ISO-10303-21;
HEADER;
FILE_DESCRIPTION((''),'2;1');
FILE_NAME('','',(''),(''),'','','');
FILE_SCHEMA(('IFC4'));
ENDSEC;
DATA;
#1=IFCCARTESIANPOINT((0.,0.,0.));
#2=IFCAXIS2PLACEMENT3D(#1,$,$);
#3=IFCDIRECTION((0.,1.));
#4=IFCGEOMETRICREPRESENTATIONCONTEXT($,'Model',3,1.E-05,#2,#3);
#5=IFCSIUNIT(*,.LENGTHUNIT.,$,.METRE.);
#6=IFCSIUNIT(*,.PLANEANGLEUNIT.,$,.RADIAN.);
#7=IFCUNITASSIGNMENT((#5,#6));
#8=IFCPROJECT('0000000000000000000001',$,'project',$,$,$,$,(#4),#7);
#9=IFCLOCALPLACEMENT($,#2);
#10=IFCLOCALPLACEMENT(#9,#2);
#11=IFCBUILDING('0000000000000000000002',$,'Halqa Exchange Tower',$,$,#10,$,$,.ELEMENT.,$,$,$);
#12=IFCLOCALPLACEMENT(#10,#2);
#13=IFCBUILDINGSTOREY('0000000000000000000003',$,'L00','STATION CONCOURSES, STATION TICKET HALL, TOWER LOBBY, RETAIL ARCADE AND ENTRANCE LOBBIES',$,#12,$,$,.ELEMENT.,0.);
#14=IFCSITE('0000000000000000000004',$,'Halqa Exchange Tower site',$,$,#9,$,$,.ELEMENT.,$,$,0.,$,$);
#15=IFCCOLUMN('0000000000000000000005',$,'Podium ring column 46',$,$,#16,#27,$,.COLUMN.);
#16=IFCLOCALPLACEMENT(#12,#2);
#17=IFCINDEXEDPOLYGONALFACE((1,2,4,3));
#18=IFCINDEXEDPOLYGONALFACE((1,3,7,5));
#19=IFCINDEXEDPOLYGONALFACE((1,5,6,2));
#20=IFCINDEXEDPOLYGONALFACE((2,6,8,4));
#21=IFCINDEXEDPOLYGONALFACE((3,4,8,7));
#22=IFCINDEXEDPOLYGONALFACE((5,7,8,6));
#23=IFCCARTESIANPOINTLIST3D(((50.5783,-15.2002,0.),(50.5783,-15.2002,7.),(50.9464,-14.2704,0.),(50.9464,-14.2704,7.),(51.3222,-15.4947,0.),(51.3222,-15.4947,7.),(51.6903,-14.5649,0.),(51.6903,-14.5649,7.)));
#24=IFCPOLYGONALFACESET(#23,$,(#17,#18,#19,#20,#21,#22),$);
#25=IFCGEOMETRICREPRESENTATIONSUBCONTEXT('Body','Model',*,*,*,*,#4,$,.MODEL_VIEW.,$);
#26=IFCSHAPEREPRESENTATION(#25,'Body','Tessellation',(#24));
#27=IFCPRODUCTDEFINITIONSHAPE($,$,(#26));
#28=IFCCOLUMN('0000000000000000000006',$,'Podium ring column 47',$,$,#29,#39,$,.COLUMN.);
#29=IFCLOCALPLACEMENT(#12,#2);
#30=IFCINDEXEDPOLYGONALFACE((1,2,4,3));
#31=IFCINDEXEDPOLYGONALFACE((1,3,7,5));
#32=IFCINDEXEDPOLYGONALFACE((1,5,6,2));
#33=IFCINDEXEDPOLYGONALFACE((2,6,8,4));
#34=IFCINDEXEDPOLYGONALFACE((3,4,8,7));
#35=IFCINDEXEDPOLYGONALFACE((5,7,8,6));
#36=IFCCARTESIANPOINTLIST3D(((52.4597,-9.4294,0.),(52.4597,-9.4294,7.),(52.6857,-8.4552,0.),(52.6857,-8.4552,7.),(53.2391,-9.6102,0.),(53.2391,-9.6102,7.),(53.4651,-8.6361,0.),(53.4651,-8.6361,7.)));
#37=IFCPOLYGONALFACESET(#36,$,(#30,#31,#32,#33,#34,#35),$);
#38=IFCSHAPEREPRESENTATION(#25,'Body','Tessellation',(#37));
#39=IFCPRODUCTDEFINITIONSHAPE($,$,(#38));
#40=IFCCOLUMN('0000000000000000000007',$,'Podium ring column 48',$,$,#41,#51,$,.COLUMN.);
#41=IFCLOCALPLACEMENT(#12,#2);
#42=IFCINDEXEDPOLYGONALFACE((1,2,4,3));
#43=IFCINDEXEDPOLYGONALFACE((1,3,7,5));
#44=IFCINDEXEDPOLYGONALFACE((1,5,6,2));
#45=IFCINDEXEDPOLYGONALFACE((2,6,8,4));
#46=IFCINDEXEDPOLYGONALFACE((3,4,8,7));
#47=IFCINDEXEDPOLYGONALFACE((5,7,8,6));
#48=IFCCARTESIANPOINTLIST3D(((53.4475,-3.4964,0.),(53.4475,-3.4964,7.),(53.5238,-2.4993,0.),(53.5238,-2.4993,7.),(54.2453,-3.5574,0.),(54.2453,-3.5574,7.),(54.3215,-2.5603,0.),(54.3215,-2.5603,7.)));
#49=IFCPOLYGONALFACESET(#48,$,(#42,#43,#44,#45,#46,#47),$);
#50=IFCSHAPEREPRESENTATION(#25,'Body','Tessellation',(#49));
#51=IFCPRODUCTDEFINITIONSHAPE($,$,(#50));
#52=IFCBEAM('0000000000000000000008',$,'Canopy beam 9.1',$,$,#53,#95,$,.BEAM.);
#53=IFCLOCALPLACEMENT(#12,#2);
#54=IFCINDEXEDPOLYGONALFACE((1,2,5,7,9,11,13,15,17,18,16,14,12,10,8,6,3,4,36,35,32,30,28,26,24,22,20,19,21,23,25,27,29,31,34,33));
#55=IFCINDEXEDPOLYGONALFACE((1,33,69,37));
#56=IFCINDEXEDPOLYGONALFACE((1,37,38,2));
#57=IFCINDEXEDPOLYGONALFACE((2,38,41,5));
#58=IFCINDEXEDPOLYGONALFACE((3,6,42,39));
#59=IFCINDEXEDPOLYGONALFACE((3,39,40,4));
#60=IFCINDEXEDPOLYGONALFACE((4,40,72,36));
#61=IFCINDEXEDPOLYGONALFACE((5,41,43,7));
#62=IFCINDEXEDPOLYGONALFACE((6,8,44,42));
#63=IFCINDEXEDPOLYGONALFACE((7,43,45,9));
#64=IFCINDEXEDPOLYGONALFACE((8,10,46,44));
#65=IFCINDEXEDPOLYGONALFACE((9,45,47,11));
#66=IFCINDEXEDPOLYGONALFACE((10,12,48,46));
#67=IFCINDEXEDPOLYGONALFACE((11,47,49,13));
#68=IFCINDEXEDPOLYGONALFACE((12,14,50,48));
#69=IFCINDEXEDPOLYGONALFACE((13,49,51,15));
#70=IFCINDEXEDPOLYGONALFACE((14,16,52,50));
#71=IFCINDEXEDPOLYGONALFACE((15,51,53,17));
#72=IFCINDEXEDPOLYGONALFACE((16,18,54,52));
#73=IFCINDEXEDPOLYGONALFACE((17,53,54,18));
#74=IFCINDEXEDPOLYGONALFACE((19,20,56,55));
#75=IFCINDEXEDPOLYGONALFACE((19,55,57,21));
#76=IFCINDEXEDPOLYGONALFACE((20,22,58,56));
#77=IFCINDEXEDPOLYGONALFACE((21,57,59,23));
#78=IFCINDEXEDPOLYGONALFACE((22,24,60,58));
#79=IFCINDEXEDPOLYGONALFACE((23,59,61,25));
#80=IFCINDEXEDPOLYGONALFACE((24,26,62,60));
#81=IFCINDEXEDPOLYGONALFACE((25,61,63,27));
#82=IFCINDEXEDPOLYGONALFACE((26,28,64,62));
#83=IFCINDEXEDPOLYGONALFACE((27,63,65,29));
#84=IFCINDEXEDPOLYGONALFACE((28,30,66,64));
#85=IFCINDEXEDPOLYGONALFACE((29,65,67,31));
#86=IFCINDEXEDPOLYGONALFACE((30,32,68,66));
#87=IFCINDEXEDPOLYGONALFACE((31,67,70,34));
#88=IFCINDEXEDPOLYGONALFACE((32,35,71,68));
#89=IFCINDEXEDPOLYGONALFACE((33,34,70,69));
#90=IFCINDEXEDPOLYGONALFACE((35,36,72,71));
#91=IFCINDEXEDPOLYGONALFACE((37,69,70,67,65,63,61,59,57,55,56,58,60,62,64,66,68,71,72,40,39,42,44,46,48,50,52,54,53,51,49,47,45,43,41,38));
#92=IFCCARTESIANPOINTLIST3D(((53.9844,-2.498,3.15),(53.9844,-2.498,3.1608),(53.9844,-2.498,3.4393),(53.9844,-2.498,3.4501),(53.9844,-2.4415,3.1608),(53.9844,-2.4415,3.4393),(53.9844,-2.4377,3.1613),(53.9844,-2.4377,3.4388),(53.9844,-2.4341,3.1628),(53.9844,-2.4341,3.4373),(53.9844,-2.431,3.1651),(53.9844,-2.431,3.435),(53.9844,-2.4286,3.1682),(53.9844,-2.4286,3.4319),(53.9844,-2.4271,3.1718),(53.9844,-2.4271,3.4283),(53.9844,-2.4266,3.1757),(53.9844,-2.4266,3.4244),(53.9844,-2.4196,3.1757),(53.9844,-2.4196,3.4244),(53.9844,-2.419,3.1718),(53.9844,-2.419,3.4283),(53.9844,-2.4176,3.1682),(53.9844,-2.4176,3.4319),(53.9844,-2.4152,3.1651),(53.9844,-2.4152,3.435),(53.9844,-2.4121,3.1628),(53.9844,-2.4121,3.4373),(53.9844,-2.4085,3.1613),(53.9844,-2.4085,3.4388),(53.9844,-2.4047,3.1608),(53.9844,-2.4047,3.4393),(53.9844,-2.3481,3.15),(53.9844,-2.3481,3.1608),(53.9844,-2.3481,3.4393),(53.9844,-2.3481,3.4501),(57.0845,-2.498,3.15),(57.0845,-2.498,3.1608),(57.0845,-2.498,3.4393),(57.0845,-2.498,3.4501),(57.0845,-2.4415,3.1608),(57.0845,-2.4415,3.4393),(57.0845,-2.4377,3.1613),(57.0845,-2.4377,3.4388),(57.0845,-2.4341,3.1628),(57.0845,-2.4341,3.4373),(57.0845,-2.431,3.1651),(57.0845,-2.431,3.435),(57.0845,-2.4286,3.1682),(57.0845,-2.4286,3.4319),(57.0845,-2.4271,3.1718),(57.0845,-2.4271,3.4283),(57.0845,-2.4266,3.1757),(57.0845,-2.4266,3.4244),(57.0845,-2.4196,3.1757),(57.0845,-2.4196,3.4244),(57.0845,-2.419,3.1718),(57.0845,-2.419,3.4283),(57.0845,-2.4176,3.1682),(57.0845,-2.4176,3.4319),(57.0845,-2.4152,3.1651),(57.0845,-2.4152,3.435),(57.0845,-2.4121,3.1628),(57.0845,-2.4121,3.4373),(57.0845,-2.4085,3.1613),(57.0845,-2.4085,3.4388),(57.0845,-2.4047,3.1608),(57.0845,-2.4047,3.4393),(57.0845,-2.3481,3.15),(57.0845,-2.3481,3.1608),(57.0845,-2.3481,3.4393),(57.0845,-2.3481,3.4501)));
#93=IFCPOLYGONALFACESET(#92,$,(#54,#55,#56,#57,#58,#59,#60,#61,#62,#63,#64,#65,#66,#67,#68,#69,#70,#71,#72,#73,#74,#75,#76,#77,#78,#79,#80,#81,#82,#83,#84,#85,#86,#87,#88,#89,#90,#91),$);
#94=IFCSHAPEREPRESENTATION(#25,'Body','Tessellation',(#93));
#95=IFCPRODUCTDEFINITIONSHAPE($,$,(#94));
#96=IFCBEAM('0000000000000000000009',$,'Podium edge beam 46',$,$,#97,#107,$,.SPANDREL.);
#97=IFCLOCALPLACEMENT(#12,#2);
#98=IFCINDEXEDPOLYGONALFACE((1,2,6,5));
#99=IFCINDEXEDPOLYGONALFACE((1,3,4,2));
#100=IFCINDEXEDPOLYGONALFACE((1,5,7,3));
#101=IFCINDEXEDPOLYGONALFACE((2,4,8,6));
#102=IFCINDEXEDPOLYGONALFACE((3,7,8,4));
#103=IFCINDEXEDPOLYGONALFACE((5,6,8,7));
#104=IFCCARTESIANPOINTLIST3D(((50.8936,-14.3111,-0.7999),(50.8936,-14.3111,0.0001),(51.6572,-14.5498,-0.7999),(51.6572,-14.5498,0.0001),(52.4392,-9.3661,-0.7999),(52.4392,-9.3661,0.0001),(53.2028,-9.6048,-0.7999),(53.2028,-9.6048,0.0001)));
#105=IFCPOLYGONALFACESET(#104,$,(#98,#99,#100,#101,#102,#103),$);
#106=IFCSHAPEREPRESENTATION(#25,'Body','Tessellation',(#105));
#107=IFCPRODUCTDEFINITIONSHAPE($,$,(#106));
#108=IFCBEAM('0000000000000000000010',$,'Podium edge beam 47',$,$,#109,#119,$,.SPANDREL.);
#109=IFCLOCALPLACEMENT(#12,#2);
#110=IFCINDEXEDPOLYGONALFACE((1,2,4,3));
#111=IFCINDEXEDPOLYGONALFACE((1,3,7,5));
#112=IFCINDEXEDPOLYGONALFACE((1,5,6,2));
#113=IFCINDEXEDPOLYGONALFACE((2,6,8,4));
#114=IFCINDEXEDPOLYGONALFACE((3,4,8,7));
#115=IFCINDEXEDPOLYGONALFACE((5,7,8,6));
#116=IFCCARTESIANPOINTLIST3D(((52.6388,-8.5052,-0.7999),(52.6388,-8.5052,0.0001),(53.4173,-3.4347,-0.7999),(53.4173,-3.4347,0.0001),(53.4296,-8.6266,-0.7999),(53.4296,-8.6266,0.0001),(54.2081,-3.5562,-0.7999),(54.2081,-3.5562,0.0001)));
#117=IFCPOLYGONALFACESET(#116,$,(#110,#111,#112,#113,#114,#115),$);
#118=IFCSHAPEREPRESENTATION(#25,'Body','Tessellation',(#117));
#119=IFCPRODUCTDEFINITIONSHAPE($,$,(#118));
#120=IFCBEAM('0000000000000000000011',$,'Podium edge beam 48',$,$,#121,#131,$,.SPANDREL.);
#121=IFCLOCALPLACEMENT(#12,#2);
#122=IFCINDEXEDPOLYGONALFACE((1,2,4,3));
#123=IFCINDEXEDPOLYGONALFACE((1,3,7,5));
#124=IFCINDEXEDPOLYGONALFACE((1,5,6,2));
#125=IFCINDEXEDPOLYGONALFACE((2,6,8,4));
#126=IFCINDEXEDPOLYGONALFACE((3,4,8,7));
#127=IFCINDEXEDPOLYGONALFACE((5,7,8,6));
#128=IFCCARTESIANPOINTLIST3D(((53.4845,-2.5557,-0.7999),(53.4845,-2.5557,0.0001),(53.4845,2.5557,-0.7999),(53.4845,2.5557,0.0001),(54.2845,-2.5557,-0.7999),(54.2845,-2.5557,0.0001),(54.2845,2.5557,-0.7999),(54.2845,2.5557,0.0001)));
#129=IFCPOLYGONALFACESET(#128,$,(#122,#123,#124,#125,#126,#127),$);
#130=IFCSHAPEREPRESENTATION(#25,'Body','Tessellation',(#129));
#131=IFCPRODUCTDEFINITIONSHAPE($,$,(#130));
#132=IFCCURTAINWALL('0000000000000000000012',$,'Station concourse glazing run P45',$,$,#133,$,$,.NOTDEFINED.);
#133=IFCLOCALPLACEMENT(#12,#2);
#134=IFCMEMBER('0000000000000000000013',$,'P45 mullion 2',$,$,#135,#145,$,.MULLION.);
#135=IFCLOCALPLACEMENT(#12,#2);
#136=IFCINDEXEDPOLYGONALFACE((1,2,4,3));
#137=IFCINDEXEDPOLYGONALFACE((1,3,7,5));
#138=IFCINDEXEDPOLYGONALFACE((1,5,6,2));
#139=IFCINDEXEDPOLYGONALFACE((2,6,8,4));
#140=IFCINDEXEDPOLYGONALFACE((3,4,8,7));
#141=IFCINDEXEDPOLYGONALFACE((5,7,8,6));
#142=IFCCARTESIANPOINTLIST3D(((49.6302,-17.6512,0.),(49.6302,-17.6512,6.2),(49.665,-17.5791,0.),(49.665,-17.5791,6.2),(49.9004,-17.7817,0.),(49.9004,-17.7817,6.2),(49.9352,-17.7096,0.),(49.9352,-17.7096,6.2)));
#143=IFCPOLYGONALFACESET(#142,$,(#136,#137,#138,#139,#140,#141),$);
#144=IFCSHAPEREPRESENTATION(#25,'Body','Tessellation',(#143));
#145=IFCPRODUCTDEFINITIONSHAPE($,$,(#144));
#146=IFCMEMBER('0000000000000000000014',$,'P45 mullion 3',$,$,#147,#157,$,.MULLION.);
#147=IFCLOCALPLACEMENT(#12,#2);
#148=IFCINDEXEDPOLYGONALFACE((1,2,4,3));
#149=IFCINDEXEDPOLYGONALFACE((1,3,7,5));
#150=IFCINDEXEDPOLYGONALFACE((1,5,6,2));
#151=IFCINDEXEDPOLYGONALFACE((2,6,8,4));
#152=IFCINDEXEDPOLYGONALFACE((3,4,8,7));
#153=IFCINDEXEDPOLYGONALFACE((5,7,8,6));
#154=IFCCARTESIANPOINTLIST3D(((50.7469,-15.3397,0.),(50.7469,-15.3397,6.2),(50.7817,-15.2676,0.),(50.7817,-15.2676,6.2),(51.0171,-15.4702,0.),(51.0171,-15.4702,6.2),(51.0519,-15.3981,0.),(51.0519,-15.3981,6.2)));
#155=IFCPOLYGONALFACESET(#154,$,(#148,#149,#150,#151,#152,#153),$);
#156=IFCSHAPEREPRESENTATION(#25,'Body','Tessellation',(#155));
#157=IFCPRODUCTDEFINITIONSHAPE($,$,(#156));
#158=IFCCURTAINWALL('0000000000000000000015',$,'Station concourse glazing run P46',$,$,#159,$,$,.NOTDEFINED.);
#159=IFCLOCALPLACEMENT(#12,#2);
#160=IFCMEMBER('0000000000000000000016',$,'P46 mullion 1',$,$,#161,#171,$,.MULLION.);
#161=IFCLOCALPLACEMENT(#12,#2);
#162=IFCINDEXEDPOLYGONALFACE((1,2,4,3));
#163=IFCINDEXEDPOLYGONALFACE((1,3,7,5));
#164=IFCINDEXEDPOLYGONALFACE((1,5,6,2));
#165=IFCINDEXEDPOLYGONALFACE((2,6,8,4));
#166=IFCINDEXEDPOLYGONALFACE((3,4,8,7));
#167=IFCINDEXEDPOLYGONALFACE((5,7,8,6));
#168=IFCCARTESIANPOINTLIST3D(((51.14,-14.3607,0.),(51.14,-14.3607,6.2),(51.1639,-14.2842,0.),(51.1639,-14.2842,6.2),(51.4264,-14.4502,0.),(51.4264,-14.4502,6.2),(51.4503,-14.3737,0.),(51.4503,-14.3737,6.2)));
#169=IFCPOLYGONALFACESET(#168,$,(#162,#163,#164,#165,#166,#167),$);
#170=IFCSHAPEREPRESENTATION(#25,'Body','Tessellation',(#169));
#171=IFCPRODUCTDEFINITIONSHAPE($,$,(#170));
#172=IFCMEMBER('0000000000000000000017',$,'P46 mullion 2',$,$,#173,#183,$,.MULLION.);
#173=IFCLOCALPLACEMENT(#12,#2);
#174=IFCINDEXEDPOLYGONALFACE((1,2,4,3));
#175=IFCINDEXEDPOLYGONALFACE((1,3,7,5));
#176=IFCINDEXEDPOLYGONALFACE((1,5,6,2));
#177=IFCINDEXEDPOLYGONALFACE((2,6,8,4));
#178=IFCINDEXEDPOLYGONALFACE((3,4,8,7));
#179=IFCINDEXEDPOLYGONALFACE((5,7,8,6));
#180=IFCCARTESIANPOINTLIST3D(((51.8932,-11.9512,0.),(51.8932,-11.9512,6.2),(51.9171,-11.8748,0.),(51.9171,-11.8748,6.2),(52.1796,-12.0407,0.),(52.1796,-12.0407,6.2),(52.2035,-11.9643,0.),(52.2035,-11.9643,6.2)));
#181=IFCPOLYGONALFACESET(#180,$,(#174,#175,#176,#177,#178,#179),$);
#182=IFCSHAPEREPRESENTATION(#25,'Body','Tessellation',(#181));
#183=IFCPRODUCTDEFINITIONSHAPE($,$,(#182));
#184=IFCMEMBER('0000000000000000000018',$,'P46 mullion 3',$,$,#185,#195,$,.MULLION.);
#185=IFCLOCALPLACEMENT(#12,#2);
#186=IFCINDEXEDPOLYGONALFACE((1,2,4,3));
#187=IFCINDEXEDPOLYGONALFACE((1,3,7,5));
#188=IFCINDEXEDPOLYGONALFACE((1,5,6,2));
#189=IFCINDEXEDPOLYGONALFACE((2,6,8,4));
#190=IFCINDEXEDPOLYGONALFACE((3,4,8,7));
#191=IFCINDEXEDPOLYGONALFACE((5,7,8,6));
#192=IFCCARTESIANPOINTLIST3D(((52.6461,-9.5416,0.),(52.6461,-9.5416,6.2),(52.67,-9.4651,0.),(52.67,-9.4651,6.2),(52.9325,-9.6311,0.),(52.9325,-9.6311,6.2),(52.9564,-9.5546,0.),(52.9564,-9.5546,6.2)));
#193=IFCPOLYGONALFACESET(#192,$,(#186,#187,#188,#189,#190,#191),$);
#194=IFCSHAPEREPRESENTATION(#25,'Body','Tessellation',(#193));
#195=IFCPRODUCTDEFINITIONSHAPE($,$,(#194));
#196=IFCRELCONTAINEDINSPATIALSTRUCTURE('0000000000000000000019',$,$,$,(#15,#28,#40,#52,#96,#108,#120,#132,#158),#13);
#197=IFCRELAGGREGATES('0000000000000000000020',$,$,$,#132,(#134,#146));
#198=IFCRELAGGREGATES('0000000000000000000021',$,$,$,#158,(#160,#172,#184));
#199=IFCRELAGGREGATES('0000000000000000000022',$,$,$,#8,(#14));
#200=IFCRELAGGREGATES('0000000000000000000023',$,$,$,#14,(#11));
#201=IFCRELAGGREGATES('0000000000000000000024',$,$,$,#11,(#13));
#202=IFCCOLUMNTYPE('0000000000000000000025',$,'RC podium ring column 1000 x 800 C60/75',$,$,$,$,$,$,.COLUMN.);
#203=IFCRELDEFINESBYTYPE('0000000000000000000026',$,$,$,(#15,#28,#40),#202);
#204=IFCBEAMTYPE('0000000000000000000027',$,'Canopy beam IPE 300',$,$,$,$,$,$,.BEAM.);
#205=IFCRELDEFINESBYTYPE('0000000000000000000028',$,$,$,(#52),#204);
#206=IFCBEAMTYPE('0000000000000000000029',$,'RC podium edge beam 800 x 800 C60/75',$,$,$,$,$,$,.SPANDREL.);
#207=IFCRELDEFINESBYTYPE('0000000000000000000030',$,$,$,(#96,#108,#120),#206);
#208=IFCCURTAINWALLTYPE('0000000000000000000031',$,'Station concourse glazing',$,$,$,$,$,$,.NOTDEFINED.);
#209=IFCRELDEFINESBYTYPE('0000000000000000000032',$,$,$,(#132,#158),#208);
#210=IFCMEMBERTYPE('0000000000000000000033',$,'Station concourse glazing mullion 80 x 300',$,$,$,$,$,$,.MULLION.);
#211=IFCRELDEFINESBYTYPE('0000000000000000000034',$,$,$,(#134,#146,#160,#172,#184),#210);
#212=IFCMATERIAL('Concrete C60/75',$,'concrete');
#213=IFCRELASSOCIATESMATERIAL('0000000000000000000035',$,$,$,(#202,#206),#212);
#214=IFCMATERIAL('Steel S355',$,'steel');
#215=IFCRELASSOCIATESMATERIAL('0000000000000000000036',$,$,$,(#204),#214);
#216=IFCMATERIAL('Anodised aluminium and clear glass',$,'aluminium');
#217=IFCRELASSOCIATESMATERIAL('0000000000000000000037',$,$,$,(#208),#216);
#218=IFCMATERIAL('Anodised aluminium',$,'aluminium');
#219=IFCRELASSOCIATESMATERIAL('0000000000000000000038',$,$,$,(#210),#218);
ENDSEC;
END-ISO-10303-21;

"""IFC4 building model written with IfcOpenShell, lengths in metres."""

from ifc_helpers import new_model, si_unit, direction, frame, origin, origin_2d, place, context, subcontext, project, spatial, rectangle, i_section, extrude, material, material_profile, profile_set, type_object, element, aggregate, save


model = new_model("IFC4")

# Units and contexts
model_context = context("Model", 3, precision=1e-05, world=origin(), true_north=direction((0.0, 1.0)))
body_context = subcontext(model_context, "Body", "Model", "MODEL_VIEW")
ifc_project = project(units=[si_unit("LENGTHUNIT", "METRE"), si_unit("PLANEANGLEUNIT", "RADIAN")], contexts=[model_context])

# Site, building, storey
site_placement = place(None, origin())
site = spatial("IfcSite", under=ifc_project, at=site_placement, Name="Halqa Exchange Tower site", CompositionType="ELEMENT", RefElevation=0.0)
building_placement = place(site_placement, origin())
building = spatial("IfcBuilding", under=site, at=building_placement, Name="Halqa Exchange Tower", CompositionType="ELEMENT")
storey_placement = place(building_placement, origin())
storey = spatial("IfcBuildingStorey", under=building, at=storey_placement, Name="L00", Description="STATION CONCOURSES, STATION TICKET HALL, TOWER LOBBY, RETAIL ARCADE AND ENTRANCE LOBBIES", CompositionType="ELEMENT", Elevation=0.0)

# Columns
ifc_material_1 = material(Name="Concrete C60/75", Category="concrete")
ifc_material_profile_1 = material_profile(ifc_material_1, rectangle(XDim=1.0, YDim=0.8, at=origin_2d()), Name="1000 x 800")
ifc_profile_set_1 = profile_set([ifc_material_profile_1], Name="Concrete C60/75")
column_type = type_object("IfcColumnType", Name="RC podium ring column 1000 x 800 C60/75", PredefinedType="COLUMN", material=ifc_profile_set_1)
for number, where, z_axis, x_axis, name in (
    (1, (51.1343, -14.8826, 0.0), (0.0, 0.0, 1.0), (0.36811, 0.929782, 0.0), "Podium ring column 46"),
    (2, (52.9624, -9.0327, 0.0), (0.0, 0.0, 1.0), (0.225997, 0.974128, 0.0), "Podium ring column 47"),
    (3, (53.8845, -3.0283, 0.0), (0.0, 0.0, 1.0), (0.076223, 0.997091, 0.0), "Podium ring column 48"),
):
    element("IfcColumn", number, at=place(storey_placement, frame(where, z_axis=z_axis, x_axis=x_axis)), inside=storey, type_object=column_type, Name=name, PredefinedType="COLUMN", context=body_context, shape_type="SweptSolid", body=[
        extrude(rectangle(XDim=1.0, YDim=0.8, at=origin_2d()), origin(), (0.0, 0.0, 1.0), 7.0),
    ])

# Beams
ifc_material_2 = material(Name="Steel S355", Category="steel")
ifc_material_profile_2 = material_profile(ifc_material_2, i_section(OverallWidth=0.1499, OverallDepth=0.3, WebThickness=0.0071, FlangeThickness=0.0107, FilletRadius=0.0149, at=origin_2d()), Name="IPE 300")
ifc_profile_set_2 = profile_set([ifc_material_profile_2], Name="Steel S355")
beam_type_1 = type_object("IfcBeamType", Name="Canopy beam IPE 300", PredefinedType="BEAM", material=ifc_profile_set_2)
beam_1_placement = place(storey_placement, frame((53.9844, -2.4231, 3.3), z_axis=(1.0, 0.0, 0.0), x_axis=(0.0, 1.0, 0.0)))
element("IfcBeam", 4, at=beam_1_placement, inside=storey, type_object=beam_type_1, Name="Canopy beam 9.1", PredefinedType="BEAM", context=body_context, shape_type="SweptSolid", body=[
    extrude(i_section(OverallWidth=0.1499, OverallDepth=0.3, WebThickness=0.0071, FlangeThickness=0.0107, FilletRadius=0.0149, at=origin_2d()), origin(), (0.0, 0.0, 1.0), 3.1001),
])
ifc_material_profile_3 = material_profile(ifc_material_1, rectangle(XDim=0.8, YDim=0.8, at=origin_2d()), Name="800 x 800")
ifc_profile_set_3 = profile_set([ifc_material_profile_3], Name="Concrete C60/75")
beam_type_2 = type_object("IfcBeamType", Name="RC podium edge beam 800 x 800 C60/75", PredefinedType="SPANDREL", material=ifc_profile_set_3)
beam_2_placement = place(storey_placement, frame((51.2754, -14.4304, -0.3999), z_axis=(0.298331, 0.954462, 0.0), x_axis=(-0.954462, 0.298331, 0.0)))
element("IfcBeam", 5, at=beam_2_placement, inside=storey, type_object=beam_type_2, Name="Podium edge beam 46", PredefinedType="SPANDREL", context=body_context, shape_type="SweptSolid", body=[
    extrude(rectangle(XDim=0.8, YDim=0.8, at=origin_2d()), origin(), (0.0, 0.0, 1.0), 5.1809),
])
beam_3_placement = place(storey_placement, frame((53.0342, -8.5659, -0.3999), z_axis=(0.151768, 0.988416, 0.0), x_axis=(-0.988416, 0.151768, 0.0)))
element("IfcBeam", 6, at=beam_3_placement, inside=storey, type_object=beam_type_2, Name="Podium edge beam 47", PredefinedType="SPANDREL", context=body_context, shape_type="SweptSolid", body=[
    extrude(rectangle(XDim=0.8, YDim=0.8, at=origin_2d()), origin(), (0.0, 0.0, 1.0), 5.1299),
])
beam_4_placement = place(storey_placement, frame((53.8845, -2.5557, -0.3999), z_axis=(0.0, 1.0, 0.0), x_axis=(-1.0, 0.0, 0.0)))
element("IfcBeam", 7, at=beam_4_placement, inside=storey, type_object=beam_type_2, Name="Podium edge beam 48", PredefinedType="SPANDREL", context=body_context, shape_type="SweptSolid", body=[
    extrude(rectangle(XDim=0.8, YDim=0.8, at=origin_2d()), origin(), (0.0, 0.0, 1.0), 5.1113),
])

# Curtain walls, members
ifc_material_3 = material(Name="Anodised aluminium and clear glass", Category="aluminium")
curtain_wall_type = type_object("IfcCurtainWallType", Name="Station concourse glazing", PredefinedType="NOTDEFINED", material=ifc_material_3)
curtain_wall_1_placement = place(storey_placement, origin())
curtain_wall_1 = element("IfcCurtainWall", 8, at=curtain_wall_1_placement, inside=storey, type_object=curtain_wall_type, Name="Station concourse glazing run P45", PredefinedType="NOTDEFINED")
ifc_material_4 = material(Name="Anodised aluminium", Category="aluminium")
ifc_material_profile_4 = material_profile(ifc_material_4, rectangle(XDim=0.3, YDim=0.0801, at=origin_2d()), Name="AL 80x300")
ifc_profile_set_4 = profile_set([ifc_material_profile_4], Name="Anodised aluminium")
member_type_1 = type_object("IfcMemberType", Name="Station concourse glazing mullion 80 x 300", PredefinedType="MULLION", material=ifc_profile_set_4)
member_1_placement = place(storey_placement, frame((49.7827, -17.6804, 0.0), z_axis=(0.0, 0.0, 1.0), x_axis=(-0.900435, 0.43499, 0.0)))
member_1 = element("IfcMember", 9, at=member_1_placement, type_object=member_type_1, Name="P45 mullion 2", PredefinedType="MULLION", context=body_context, shape_type="SweptSolid", body=[
    extrude(rectangle(XDim=0.3, YDim=0.0801, at=origin_2d()), origin(), (0.0, 0.0, 1.0), 6.2),
])
member_2_placement = place(storey_placement, frame((50.8994, -15.3689, 0.0), z_axis=(0.0, 0.0, 1.0), x_axis=(-0.900435, 0.43499, 0.0)))
member_2 = element("IfcMember", 10, at=member_2_placement, type_object=member_type_1, Name="P45 mullion 3", PredefinedType="MULLION", context=body_context, shape_type="SweptSolid", body=[
    extrude(rectangle(XDim=0.3, YDim=0.0801, at=origin_2d()), origin(), (0.0, 0.0, 1.0), 6.2),
])
curtain_wall_2_placement = place(storey_placement, origin())
curtain_wall_2 = element("IfcCurtainWall", 11, at=curtain_wall_2_placement, inside=storey, type_object=curtain_wall_type, Name="Station concourse glazing run P46", PredefinedType="NOTDEFINED")
member_3_placement = place(storey_placement, frame((51.2952, -14.3672, 0.0), z_axis=(0.0, 0.0, 1.0), x_axis=(-0.954471, 0.298303, 0.0)))
member_3 = element("IfcMember", 12, at=member_3_placement, type_object=member_type_1, Name="P46 mullion 1", PredefinedType="MULLION", context=body_context, shape_type="SweptSolid", body=[
    extrude(rectangle(XDim=0.3, YDim=0.0801, at=origin_2d()), origin(), (0.0, 0.0, 1.0), 6.2),
])
member_4_placement = place(storey_placement, frame((52.0483, -11.9578, 0.0), z_axis=(0.0, 0.0, 1.0), x_axis=(-0.954471, 0.298303, 0.0)))
member_4 = element("IfcMember", 13, at=member_4_placement, type_object=member_type_1, Name="P46 mullion 2", PredefinedType="MULLION", context=body_context, shape_type="SweptSolid", body=[
    extrude(rectangle(XDim=0.3, YDim=0.0801, at=origin_2d()), origin(), (0.0, 0.0, 1.0), 6.2),
])
member_5_placement = place(storey_placement, frame((52.8013, -9.5481, 0.0), z_axis=(0.0, 0.0, 1.0), x_axis=(-0.954471, 0.298303, 0.0)))
member_5 = element("IfcMember", 14, at=member_5_placement, type_object=member_type_1, Name="P46 mullion 3", PredefinedType="MULLION", context=body_context, shape_type="SweptSolid", body=[
    extrude(rectangle(XDim=0.3, YDim=0.0801, at=origin_2d()), origin(), (0.0, 0.0, 1.0), 6.2),
])

aggregate(curtain_wall_1, [member_1, member_2])
aggregate(curtain_wall_2, [member_3, member_4, member_5])

save(model, "model.ifc")
